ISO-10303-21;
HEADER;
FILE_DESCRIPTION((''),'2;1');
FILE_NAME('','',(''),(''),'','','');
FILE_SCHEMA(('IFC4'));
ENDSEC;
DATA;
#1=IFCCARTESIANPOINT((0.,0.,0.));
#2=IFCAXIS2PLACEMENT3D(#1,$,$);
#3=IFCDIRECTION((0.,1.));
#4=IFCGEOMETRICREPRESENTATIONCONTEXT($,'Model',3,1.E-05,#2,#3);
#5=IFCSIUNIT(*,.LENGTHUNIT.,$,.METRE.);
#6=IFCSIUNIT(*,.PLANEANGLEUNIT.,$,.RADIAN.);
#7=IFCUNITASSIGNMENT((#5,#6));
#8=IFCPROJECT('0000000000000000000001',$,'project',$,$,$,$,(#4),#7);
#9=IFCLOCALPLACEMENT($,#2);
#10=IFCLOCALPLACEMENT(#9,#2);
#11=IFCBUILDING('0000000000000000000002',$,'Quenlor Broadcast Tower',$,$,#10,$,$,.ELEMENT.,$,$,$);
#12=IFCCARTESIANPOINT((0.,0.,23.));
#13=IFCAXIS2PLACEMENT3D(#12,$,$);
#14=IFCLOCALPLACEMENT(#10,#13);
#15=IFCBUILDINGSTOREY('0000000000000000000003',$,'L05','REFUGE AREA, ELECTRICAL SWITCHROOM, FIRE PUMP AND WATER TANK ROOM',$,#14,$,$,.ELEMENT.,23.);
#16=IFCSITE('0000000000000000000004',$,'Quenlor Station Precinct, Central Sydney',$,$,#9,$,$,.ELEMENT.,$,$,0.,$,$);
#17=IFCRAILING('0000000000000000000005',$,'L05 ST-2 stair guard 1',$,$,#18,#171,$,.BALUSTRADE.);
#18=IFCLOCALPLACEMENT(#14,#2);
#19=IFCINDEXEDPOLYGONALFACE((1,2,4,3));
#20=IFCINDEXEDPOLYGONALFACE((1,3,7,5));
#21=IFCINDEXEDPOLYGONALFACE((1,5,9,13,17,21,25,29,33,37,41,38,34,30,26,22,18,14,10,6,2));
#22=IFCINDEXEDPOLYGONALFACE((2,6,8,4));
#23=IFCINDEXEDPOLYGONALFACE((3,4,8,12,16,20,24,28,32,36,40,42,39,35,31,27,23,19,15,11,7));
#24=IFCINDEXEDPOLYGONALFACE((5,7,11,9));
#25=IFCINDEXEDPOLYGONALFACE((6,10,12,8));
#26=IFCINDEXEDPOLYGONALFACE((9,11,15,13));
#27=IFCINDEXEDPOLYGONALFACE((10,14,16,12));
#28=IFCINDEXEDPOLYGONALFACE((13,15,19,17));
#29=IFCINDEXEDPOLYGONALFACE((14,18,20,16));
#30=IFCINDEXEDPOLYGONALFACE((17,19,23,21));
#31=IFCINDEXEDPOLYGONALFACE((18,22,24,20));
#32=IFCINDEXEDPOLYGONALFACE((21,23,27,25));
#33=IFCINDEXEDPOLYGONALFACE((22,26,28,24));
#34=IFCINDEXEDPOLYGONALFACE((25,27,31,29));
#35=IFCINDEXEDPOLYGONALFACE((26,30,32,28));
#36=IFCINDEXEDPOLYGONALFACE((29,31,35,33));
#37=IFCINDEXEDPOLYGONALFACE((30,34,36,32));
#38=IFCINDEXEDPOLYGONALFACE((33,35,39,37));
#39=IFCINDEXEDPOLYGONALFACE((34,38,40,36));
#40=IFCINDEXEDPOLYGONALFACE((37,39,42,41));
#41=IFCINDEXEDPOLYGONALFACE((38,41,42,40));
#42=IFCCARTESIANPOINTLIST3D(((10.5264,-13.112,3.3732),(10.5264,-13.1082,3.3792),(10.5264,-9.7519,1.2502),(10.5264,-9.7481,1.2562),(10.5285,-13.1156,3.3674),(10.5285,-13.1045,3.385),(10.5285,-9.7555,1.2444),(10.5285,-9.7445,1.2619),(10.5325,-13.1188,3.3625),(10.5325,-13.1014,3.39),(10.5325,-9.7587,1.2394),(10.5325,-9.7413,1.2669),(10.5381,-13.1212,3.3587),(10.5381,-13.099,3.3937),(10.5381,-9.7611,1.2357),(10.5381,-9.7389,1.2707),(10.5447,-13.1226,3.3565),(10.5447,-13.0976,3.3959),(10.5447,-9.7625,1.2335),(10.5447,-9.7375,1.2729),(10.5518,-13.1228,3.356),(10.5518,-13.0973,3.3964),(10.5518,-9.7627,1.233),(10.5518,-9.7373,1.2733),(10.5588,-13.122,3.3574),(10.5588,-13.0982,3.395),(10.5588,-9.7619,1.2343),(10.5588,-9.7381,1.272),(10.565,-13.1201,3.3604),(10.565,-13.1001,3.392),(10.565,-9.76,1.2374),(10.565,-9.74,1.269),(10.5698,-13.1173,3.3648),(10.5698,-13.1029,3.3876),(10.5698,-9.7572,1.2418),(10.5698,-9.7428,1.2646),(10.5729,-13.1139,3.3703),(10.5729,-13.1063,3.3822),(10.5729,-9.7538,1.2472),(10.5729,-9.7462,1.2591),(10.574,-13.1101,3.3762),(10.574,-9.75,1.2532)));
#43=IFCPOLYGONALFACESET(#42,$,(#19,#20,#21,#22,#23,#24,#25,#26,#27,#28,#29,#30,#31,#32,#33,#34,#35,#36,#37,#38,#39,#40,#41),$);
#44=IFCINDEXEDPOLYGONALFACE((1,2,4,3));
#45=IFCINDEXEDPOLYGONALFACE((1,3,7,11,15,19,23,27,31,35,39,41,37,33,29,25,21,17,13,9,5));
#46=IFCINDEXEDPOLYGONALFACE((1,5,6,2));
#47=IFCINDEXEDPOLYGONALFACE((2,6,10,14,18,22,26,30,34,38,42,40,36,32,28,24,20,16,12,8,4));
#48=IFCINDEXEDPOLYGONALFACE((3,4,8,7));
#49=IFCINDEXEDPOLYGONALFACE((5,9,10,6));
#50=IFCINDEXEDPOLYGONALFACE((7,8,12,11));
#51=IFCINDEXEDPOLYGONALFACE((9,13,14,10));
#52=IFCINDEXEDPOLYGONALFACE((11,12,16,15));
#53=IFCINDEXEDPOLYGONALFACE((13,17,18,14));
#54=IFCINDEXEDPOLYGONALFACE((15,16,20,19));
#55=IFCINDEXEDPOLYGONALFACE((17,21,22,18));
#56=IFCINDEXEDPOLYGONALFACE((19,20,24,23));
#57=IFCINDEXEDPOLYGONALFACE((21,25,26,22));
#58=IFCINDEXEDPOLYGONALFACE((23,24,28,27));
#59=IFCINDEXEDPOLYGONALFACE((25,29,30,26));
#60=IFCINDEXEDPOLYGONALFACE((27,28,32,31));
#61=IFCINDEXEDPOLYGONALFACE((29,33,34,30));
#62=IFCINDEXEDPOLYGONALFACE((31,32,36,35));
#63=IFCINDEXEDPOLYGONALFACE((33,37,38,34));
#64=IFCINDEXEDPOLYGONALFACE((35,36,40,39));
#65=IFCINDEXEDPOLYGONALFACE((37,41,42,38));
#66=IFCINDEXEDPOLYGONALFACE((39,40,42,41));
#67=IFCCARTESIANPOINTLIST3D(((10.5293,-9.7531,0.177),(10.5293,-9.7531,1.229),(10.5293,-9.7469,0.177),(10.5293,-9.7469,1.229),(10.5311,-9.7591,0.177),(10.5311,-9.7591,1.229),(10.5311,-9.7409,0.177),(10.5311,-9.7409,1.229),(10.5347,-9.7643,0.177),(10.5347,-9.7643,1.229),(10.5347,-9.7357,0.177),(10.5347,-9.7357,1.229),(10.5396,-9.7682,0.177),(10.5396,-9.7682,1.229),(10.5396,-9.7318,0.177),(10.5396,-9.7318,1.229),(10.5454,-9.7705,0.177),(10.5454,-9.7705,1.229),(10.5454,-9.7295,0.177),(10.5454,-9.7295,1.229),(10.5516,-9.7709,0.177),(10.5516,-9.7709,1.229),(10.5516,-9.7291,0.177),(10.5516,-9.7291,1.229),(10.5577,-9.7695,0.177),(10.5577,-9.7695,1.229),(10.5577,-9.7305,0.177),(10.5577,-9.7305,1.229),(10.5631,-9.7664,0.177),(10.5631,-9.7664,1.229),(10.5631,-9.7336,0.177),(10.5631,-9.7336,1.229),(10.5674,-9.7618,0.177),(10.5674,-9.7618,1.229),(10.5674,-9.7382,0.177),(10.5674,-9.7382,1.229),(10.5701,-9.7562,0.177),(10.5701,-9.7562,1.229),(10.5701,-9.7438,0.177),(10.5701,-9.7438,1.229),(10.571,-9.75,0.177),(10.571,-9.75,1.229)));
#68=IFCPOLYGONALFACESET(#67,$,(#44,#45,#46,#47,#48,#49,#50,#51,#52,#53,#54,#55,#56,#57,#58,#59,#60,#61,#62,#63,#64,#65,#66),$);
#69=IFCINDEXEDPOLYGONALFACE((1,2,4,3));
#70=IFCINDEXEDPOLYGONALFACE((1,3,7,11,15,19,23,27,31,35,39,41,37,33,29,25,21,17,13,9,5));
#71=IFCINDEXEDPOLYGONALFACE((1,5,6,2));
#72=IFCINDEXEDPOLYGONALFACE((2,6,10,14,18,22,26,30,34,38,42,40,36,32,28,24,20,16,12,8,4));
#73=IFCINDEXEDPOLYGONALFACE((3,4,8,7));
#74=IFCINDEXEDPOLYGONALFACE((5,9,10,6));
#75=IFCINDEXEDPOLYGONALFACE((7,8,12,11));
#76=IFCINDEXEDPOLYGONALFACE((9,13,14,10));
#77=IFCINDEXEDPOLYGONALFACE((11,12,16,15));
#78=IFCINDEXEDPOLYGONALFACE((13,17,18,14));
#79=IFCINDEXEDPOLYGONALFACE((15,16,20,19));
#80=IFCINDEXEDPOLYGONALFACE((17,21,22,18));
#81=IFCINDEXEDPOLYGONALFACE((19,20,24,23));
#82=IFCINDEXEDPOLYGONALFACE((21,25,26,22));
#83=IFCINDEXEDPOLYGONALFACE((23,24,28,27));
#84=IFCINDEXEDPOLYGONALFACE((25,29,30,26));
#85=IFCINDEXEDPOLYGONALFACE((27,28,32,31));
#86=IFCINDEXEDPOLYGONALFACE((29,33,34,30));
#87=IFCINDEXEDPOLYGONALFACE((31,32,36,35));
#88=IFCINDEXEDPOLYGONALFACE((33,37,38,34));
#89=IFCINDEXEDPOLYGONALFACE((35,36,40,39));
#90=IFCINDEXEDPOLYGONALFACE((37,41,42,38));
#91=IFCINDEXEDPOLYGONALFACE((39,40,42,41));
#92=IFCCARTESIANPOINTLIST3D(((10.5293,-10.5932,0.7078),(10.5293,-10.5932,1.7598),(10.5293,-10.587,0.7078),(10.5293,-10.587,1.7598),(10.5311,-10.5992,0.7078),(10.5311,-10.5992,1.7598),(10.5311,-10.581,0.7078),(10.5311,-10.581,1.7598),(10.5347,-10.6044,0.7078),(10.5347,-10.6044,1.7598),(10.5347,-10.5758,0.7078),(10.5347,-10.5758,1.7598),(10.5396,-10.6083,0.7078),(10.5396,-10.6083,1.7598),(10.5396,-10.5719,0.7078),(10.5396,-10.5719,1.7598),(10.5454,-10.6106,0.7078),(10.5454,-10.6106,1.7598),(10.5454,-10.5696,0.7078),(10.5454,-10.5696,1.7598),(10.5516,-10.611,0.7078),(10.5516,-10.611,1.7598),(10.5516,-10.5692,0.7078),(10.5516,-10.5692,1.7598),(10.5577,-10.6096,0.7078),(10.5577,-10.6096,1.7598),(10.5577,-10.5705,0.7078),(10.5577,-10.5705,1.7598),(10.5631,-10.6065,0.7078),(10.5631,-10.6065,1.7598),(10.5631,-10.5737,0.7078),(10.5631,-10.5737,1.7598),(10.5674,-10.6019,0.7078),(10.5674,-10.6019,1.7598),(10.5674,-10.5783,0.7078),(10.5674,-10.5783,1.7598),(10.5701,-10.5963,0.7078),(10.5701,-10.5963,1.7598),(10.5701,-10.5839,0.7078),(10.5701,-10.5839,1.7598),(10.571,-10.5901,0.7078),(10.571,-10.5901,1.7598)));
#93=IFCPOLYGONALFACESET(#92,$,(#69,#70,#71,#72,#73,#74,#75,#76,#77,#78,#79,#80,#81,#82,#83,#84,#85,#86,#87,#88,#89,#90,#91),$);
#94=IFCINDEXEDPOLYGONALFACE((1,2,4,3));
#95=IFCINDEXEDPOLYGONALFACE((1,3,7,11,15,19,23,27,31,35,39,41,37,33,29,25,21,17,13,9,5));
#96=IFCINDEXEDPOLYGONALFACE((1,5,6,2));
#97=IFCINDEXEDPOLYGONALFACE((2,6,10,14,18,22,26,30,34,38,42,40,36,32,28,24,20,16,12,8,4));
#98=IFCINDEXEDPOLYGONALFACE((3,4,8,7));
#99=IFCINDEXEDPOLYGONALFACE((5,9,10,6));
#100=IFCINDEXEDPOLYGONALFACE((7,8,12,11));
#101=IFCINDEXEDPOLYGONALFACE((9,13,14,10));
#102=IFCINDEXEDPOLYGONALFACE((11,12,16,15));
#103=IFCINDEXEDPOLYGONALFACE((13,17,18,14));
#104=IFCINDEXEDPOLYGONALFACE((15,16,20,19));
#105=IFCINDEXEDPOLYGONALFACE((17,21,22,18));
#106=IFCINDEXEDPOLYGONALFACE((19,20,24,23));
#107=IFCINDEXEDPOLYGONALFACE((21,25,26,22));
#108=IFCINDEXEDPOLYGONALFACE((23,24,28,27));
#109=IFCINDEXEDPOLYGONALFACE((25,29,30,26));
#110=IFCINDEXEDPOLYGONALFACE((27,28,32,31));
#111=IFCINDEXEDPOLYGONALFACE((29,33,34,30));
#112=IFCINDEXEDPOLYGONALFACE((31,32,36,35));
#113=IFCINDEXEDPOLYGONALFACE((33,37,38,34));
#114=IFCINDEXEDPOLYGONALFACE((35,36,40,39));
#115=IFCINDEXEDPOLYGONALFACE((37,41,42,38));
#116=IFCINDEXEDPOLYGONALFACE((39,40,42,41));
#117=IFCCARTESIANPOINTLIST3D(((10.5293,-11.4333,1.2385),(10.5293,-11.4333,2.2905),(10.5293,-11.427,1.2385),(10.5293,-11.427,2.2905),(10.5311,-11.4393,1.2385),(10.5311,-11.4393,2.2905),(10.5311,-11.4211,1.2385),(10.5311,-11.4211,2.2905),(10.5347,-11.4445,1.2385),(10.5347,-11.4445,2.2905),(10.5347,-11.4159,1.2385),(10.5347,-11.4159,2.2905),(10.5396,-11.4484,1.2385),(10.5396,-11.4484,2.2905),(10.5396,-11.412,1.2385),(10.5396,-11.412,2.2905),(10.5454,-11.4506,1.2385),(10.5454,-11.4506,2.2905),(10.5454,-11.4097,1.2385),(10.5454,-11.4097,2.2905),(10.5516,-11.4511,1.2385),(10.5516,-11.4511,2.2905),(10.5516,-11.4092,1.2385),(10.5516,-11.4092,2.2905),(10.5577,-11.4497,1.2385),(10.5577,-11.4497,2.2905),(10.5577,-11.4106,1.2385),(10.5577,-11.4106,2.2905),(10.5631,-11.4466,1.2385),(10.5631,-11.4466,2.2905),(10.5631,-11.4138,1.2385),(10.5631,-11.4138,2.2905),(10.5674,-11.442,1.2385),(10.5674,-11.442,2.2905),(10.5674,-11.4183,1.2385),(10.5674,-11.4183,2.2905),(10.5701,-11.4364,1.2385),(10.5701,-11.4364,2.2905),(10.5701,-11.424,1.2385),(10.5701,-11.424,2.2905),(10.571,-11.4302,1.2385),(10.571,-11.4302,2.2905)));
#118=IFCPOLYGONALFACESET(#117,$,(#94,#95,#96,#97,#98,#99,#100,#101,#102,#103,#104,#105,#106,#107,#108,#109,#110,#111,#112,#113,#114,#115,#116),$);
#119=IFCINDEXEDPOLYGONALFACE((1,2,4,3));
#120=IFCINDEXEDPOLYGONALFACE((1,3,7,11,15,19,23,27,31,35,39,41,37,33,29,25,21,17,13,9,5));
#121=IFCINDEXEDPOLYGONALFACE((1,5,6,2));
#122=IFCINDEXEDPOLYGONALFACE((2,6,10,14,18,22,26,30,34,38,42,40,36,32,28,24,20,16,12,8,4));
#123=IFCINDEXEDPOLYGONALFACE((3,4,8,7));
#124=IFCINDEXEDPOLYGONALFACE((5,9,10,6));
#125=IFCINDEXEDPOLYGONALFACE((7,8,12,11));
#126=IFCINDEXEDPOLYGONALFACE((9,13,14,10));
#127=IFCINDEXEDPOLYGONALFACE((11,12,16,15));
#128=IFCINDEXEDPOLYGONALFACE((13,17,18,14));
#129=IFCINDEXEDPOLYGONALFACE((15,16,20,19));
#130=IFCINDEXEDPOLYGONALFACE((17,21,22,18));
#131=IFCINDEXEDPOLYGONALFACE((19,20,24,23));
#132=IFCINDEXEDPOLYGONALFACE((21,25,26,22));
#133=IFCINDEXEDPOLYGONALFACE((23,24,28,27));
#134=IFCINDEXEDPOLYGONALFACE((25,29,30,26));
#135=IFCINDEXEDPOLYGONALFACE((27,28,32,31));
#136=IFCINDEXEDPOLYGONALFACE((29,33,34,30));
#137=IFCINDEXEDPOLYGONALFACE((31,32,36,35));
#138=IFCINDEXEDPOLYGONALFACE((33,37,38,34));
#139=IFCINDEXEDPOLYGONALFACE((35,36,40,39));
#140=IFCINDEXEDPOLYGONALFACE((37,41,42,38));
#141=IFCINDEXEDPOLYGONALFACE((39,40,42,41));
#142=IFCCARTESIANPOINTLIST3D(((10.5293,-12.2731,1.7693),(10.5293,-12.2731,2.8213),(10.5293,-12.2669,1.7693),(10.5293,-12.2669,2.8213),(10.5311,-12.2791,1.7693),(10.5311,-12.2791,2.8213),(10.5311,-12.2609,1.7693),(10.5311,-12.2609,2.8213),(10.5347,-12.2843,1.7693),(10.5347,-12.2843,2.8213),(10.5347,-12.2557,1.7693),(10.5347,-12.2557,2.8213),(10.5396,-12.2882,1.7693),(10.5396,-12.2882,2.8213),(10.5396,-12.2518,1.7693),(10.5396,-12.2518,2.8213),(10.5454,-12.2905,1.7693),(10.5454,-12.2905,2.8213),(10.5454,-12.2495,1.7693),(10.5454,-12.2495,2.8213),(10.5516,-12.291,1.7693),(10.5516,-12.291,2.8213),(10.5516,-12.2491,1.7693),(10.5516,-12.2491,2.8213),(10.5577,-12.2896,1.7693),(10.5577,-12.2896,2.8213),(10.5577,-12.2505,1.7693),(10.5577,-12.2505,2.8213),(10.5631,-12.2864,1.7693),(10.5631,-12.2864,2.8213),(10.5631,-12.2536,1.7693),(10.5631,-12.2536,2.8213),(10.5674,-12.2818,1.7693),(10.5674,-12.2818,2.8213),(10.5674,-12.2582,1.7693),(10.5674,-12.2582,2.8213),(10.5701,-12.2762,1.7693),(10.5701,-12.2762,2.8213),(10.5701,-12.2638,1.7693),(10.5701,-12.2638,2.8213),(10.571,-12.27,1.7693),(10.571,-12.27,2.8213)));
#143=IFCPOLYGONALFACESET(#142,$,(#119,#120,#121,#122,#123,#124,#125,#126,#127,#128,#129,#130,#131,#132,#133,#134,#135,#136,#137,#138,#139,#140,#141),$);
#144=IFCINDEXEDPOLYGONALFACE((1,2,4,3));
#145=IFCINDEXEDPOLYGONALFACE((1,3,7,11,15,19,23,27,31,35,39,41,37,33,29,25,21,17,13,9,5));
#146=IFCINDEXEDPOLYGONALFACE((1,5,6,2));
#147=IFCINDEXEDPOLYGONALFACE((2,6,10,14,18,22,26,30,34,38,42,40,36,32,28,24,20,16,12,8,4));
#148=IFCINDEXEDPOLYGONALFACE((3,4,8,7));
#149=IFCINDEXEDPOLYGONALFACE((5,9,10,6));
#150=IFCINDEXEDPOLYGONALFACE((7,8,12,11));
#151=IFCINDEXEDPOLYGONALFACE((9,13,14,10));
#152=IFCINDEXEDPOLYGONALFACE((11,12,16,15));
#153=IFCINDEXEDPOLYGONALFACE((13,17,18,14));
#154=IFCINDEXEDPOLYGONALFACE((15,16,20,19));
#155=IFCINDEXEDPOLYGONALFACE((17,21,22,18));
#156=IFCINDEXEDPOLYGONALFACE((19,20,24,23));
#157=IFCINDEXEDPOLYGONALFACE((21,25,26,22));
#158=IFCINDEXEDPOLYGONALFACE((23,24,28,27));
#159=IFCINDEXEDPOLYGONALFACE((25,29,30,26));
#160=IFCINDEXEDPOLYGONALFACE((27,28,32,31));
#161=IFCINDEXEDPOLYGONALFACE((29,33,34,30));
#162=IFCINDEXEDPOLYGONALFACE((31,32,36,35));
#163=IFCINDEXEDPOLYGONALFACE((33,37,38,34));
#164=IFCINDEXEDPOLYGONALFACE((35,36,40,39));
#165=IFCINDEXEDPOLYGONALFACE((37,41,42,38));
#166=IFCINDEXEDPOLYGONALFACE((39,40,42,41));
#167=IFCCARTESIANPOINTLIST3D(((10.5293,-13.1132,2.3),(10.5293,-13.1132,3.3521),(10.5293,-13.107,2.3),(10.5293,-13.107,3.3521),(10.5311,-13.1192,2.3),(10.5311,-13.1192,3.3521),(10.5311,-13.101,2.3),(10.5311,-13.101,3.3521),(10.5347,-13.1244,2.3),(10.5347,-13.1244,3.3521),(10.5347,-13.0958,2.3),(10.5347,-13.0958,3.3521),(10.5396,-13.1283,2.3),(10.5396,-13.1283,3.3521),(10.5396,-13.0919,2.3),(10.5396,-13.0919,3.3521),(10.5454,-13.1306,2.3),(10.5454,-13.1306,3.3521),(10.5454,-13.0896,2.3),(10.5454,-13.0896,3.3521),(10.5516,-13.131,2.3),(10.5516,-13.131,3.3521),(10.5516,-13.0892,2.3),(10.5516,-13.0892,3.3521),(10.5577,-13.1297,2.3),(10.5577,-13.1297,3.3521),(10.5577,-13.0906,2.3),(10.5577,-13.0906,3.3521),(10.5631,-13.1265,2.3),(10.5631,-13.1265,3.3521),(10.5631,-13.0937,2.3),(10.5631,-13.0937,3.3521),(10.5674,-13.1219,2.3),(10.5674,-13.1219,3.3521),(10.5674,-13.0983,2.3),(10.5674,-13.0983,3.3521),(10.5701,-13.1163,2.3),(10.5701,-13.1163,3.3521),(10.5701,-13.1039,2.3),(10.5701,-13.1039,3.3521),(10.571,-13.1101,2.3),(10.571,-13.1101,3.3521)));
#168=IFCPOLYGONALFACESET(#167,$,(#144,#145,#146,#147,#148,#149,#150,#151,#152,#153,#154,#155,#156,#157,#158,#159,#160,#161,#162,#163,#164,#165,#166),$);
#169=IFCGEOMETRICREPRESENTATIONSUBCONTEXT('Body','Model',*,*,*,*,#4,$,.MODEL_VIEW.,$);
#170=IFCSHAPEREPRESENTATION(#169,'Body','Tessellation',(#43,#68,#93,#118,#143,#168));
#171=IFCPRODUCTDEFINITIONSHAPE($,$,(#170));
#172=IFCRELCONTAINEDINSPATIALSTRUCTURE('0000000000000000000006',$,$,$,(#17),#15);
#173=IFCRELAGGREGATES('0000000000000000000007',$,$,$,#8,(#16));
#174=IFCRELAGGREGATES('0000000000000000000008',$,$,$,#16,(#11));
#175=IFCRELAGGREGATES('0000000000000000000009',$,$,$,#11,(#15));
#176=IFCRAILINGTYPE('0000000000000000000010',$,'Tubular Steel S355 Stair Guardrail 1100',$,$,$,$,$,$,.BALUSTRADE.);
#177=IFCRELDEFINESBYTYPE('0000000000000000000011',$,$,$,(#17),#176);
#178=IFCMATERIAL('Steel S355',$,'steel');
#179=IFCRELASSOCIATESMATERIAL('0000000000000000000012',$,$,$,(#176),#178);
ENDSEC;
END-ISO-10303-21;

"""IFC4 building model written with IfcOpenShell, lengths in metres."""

from ifc_helpers import new_model, si_unit, direction, frame, origin, origin_2d, place, context, subcontext, project, spatial, circle, extrude, material, type_object, element, save


model = new_model("IFC4")

# Units and contexts
model_context = context("Model", 3, precision=1e-05, world=origin(), true_north=direction((0.0, 1.0)))
body_context = subcontext(model_context, "Body", "Model", "MODEL_VIEW")
ifc_project = project(units=[si_unit("LENGTHUNIT", "METRE"), si_unit("PLANEANGLEUNIT", "RADIAN")], contexts=[model_context])

# Site, building, storey
site_placement = place(None, origin())
site = spatial("IfcSite", under=ifc_project, at=site_placement, Name="Quenlor Station Precinct, Central Sydney", CompositionType="ELEMENT", RefElevation=0.0)
building_placement = place(site_placement, origin())
building = spatial("IfcBuilding", under=site, at=building_placement, Name="Quenlor Broadcast Tower", CompositionType="ELEMENT")
storey_placement = place(building_placement, frame((0.0, 0.0, 23.0)))
storey = spatial("IfcBuildingStorey", under=building, at=storey_placement, Name="L05", Description="REFUGE AREA, ELECTRICAL SWITCHROOM, FIRE PUMP AND WATER TANK ROOM", CompositionType="ELEMENT", Elevation=23.0)

# Railing
ifc_material_1 = material(Name="Steel S355", Category="steel")
railing_type_1 = type_object("IfcRailingType", Name="Tubular Steel S355 Stair Guardrail 1100", PredefinedType="BALUSTRADE", material=ifc_material_1)
railing_1_placement = place(storey_placement, frame((10.55, -9.75, 0.177)))
element("IfcRailing", 1, at=railing_1_placement, inside=storey, type_object=railing_type_1, Name="L05 ST-2 stair guard 1", PredefinedType="BALUSTRADE", context=body_context, shape_type="SweptSolid", body=[
    extrude(circle(Radius=0.0239, at=origin_2d()), frame((0.0, 0.0, 1.0762), z_axis=(0.0, -0.84539, 0.53415), x_axis=(1.0, 0.0, 0.0)), (0.0, 0.0, 1.0), 3.9746),
    extrude(circle(Radius=0.021, at=origin_2d()), origin(), (0.0, 0.0, 1.0), 1.052),
    extrude(circle(Radius=0.021, at=origin_2d()), frame((0.0, -0.8401, 0.5308)), (0.0, 0.0, 1.0), 1.052),
    extrude(circle(Radius=0.021, at=origin_2d()), frame((0.0, -1.6802, 1.0615)), (0.0, 0.0, 1.0), 1.052),
    extrude(circle(Radius=0.021, at=origin_2d()), frame((0.0, -2.52, 1.5923)), (0.0, 0.0, 1.0), 1.052),
    extrude(circle(Radius=0.021, at=origin_2d()), frame((0.0, -3.3601, 2.123)), (0.0, 0.0, 1.0), 1.052),
])

save(model, "model.ifc")
